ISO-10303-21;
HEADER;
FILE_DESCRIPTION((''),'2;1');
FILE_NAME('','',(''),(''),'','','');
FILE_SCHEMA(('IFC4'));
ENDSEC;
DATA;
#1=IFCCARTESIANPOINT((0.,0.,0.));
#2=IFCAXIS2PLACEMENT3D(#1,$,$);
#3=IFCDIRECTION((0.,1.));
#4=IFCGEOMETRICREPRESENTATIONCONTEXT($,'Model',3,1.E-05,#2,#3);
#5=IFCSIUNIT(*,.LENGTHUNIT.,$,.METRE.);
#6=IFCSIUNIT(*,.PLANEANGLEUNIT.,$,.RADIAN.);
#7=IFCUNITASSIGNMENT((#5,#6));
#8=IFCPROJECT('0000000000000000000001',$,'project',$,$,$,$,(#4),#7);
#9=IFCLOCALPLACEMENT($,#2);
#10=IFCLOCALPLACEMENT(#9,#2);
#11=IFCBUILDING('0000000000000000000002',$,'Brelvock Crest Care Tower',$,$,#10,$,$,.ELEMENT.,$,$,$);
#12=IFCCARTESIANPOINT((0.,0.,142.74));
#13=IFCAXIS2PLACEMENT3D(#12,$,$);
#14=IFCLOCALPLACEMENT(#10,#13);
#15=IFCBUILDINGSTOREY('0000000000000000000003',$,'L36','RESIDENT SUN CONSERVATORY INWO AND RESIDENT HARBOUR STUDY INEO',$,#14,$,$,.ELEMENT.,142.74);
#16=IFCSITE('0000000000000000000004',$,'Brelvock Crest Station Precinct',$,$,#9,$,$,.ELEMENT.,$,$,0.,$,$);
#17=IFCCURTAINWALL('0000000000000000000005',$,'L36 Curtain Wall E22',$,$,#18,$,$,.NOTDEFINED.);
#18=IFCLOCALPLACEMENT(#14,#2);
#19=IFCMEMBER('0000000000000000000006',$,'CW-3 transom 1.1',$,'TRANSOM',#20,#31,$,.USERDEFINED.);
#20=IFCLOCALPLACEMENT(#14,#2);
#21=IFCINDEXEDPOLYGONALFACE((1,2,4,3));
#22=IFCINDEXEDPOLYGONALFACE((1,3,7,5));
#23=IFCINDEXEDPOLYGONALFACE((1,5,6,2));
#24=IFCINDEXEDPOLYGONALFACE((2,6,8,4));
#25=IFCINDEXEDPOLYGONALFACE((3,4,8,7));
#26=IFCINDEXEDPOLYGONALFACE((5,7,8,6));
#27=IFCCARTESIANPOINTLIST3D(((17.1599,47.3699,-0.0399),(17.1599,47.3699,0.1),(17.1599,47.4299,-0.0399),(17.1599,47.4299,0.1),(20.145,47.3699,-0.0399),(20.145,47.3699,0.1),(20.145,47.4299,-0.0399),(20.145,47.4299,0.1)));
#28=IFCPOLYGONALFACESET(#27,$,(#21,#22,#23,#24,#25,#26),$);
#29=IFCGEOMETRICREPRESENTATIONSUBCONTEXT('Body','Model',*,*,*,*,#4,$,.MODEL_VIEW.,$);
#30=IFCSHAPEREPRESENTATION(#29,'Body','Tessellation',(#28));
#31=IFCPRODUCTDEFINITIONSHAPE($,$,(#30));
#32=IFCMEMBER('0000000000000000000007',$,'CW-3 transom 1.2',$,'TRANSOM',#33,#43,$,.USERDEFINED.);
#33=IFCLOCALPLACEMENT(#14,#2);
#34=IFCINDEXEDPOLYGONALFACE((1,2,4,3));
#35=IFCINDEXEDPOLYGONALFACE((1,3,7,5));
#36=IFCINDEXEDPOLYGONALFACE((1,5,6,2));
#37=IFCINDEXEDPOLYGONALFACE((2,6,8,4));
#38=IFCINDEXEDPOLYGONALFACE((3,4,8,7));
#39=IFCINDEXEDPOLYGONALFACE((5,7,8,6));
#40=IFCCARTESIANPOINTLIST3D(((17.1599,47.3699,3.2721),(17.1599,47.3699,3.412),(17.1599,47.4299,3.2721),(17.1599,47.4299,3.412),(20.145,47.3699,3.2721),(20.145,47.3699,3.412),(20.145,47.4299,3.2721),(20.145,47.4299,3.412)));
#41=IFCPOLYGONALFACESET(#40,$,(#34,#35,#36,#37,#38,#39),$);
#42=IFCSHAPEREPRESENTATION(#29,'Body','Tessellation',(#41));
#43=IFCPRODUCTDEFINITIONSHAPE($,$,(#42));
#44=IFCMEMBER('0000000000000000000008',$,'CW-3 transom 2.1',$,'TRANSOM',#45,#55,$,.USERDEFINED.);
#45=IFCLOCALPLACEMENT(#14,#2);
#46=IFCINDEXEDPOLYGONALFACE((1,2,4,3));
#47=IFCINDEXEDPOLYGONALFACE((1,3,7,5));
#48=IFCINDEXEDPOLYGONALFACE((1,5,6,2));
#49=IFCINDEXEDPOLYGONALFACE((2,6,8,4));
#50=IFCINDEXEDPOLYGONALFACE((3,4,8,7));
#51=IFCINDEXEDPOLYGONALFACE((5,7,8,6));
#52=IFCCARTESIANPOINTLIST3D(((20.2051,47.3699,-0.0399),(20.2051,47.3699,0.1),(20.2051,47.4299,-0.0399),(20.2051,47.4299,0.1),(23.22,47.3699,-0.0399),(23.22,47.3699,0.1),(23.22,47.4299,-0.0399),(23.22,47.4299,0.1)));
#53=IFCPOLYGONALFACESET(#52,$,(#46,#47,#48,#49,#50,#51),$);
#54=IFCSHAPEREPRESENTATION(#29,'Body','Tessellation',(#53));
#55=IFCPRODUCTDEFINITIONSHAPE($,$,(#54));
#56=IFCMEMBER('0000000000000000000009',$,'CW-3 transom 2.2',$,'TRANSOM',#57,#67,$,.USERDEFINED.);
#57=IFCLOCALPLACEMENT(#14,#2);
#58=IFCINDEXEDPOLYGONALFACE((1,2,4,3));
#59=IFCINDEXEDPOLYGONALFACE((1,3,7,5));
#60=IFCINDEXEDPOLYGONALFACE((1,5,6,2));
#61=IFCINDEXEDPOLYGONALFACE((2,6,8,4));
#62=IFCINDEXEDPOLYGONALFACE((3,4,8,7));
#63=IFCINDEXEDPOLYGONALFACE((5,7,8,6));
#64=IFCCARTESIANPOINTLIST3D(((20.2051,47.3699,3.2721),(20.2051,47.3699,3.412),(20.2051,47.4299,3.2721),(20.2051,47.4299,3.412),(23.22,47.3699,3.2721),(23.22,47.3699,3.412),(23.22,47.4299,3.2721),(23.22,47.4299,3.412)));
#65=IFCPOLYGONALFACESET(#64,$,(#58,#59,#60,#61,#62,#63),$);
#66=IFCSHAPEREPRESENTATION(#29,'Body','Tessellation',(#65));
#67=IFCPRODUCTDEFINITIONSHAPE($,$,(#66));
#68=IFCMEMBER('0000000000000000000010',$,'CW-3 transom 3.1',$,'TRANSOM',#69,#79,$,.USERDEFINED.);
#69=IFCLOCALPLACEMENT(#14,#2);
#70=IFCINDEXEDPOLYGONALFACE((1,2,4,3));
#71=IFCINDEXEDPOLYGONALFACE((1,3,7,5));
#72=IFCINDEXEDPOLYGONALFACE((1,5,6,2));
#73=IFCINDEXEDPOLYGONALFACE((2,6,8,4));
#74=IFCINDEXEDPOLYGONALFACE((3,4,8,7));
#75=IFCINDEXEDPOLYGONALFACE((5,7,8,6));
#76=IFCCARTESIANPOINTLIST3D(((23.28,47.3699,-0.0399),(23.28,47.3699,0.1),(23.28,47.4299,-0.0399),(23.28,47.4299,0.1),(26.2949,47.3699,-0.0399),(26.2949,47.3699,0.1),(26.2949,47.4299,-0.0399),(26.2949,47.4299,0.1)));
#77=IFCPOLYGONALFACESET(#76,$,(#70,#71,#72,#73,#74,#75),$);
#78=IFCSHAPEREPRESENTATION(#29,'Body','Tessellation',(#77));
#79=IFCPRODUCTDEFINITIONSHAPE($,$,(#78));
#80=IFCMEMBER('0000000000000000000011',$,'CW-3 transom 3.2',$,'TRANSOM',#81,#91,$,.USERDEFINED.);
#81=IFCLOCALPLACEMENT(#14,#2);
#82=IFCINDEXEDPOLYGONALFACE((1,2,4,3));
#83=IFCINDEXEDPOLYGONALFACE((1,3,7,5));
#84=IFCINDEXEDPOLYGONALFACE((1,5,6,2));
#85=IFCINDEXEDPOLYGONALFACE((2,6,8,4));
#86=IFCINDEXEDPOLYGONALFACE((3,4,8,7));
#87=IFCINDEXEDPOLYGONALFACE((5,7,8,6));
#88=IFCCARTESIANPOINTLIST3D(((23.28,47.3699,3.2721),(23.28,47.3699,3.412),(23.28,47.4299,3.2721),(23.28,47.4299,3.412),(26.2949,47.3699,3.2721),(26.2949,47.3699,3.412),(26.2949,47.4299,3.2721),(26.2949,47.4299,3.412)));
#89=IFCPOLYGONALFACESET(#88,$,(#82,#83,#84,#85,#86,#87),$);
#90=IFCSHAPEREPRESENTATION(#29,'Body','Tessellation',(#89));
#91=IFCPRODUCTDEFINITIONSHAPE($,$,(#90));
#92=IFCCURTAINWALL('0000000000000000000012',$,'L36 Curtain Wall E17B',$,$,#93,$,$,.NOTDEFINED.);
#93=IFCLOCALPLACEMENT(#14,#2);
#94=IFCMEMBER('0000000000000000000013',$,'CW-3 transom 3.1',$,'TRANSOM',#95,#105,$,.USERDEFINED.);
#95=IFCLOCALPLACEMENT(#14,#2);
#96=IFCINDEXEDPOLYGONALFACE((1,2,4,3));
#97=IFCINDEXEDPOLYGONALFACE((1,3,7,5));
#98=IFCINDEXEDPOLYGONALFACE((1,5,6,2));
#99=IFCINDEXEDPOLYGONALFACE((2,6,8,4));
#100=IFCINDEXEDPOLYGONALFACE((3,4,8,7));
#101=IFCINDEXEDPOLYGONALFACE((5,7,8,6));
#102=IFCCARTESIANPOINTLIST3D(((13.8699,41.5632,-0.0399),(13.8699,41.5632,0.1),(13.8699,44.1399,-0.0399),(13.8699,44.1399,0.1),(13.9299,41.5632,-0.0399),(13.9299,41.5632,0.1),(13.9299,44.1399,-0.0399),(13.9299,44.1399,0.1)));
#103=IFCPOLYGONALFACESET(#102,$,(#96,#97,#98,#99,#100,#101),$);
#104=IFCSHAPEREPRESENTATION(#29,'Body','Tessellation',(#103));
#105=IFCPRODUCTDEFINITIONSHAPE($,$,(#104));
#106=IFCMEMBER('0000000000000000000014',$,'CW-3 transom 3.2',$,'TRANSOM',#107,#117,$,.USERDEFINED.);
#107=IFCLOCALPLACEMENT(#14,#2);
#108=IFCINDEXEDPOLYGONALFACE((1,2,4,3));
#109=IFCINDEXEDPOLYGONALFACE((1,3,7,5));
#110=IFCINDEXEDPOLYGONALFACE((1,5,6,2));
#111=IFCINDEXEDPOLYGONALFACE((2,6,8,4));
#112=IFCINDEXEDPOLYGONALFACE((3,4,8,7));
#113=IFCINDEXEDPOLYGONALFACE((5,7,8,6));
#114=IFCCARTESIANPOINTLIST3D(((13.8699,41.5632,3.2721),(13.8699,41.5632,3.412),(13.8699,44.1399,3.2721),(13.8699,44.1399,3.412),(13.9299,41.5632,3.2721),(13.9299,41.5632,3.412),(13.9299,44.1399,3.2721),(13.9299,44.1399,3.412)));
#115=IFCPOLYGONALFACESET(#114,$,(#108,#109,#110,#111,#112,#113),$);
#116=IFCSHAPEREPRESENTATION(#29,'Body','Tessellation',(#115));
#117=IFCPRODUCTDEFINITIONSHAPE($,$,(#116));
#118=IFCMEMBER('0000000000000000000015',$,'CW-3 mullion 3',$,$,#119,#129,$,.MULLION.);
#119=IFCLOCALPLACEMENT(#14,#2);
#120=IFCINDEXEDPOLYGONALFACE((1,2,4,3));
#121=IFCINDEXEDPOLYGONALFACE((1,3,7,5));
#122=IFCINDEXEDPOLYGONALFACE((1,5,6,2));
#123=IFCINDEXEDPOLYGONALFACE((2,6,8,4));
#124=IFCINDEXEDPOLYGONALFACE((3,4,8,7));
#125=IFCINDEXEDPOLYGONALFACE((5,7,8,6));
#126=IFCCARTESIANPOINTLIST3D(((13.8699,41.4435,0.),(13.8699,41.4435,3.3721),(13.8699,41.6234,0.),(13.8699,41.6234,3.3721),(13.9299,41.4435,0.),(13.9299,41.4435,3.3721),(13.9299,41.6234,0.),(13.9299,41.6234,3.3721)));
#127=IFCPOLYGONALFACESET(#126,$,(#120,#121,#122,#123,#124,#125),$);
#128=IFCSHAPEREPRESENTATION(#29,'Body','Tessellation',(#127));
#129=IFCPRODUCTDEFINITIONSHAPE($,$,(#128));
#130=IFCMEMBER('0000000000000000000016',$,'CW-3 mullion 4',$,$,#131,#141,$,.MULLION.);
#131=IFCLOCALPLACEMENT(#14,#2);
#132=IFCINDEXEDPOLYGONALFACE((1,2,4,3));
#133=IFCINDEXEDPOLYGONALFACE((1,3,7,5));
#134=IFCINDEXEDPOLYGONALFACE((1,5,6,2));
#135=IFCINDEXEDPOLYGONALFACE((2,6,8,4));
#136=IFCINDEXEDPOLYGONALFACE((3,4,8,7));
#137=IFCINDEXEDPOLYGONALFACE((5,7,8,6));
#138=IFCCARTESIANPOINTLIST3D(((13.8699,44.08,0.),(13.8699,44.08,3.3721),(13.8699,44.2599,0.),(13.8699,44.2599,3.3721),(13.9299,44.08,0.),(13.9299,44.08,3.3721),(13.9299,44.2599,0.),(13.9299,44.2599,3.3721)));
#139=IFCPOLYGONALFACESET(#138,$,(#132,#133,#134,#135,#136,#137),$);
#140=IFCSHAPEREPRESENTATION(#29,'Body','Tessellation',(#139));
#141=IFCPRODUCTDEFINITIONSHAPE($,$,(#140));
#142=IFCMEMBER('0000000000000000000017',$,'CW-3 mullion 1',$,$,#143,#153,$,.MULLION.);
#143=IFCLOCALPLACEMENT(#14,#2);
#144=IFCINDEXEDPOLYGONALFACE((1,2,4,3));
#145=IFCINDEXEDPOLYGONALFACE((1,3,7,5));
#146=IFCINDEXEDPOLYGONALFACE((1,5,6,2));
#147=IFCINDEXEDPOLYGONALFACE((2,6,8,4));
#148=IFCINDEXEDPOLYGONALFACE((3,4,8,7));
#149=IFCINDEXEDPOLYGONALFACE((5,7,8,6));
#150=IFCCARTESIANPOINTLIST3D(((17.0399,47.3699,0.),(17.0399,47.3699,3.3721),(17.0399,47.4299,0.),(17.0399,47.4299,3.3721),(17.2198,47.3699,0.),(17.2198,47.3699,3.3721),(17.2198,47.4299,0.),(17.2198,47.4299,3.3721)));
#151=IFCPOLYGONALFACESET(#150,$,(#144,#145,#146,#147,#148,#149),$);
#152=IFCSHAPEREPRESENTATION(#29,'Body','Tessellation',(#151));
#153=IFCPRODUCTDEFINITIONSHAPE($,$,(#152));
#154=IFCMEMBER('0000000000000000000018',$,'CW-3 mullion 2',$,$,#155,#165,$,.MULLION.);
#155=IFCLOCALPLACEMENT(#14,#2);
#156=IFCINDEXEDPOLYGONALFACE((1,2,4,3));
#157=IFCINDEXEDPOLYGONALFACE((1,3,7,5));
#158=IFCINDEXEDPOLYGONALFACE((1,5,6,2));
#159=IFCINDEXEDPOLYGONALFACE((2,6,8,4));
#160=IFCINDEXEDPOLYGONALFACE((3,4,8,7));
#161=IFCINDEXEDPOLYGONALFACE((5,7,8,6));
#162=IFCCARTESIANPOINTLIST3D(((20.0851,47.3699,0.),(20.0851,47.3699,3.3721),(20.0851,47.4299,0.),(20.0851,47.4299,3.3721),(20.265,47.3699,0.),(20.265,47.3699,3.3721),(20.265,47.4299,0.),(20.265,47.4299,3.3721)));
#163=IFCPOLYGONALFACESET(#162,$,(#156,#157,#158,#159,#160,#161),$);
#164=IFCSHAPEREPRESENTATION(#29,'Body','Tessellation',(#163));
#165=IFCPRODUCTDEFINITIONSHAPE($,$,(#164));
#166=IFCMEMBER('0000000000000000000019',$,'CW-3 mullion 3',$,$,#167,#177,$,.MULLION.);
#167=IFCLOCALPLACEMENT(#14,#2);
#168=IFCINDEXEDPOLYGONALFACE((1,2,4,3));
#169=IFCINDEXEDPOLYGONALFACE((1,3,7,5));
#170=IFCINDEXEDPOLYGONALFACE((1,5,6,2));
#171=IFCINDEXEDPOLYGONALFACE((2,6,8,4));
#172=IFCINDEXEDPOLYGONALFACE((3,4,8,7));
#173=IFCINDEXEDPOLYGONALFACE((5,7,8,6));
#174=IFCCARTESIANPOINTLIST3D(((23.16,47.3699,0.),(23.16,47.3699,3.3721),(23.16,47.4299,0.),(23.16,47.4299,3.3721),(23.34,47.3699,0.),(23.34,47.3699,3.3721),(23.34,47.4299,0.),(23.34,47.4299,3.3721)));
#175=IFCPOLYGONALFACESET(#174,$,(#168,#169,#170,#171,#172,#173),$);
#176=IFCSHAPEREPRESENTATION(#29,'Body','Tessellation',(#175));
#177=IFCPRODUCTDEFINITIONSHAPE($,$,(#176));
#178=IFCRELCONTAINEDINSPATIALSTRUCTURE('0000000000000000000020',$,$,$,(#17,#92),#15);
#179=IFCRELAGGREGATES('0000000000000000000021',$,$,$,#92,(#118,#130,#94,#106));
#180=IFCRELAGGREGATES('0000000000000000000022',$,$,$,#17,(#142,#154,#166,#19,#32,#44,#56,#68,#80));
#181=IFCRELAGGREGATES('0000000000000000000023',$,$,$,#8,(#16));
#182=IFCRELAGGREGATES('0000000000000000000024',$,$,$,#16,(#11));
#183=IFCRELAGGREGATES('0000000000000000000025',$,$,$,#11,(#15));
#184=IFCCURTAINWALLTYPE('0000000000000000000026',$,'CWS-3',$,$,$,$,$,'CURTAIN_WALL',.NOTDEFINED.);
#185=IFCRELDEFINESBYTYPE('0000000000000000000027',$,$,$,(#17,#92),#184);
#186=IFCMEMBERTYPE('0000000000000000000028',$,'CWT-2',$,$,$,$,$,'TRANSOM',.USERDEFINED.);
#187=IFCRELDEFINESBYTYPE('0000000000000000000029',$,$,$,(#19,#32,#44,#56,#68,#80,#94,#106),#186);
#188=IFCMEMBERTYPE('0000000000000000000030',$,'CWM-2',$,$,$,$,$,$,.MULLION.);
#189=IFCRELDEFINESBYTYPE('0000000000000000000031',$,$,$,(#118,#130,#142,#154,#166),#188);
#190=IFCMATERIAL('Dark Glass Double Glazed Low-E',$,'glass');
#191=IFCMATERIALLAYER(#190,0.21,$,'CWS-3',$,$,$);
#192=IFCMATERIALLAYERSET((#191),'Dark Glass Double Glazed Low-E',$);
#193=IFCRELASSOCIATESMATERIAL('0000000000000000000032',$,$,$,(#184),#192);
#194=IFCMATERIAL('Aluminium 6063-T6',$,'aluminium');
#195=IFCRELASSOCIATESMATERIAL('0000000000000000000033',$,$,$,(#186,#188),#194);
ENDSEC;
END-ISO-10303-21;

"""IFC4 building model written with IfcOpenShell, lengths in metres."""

from ifc_helpers import new_model, si_unit, direction, frame, origin, origin_2d, place, context, subcontext, project, spatial, rectangle, extrude, source, transform, mapped, material, layer, layer_set, material_profile, profile_set, type_object, element, aggregate, save


model = new_model("IFC4")

# Units and contexts
model_context = context("Model", 3, precision=1e-05, world=origin(), true_north=direction((0.0, 1.0)))
body_context = subcontext(model_context, "Body", "Model", "MODEL_VIEW")
ifc_project = project(units=[si_unit("LENGTHUNIT", "METRE"), si_unit("PLANEANGLEUNIT", "RADIAN")], contexts=[model_context])

# Site, building, storey
site_placement = place(None, origin())
site = spatial("IfcSite", under=ifc_project, at=site_placement, Name="Brelvock Crest Station Precinct", CompositionType="ELEMENT", RefElevation=0.0)
building_placement = place(site_placement, origin())
building = spatial("IfcBuilding", under=site, at=building_placement, Name="Brelvock Crest Care Tower", CompositionType="ELEMENT")
storey_placement = place(building_placement, frame((0.0, 0.0, 142.74)))
storey = spatial("IfcBuildingStorey", under=building, at=storey_placement, Name="L36", Description="RESIDENT SUN CONSERVATORY INWO AND RESIDENT HARBOUR STUDY INEO", CompositionType="ELEMENT", Elevation=142.74)

# Curtain walls, members
ifc_material_1 = material(Name="Dark Glass Double Glazed Low-E", Category="glass")
ifc_layer_1 = layer(ifc_material_1, 0.21, Name="CWS-3")
ifc_layer_set_1 = layer_set([ifc_layer_1], Name="Dark Glass Double Glazed Low-E")
curtain_wall_type = type_object("IfcCurtainWallType", Name="CWS-3", ElementType="CURTAIN_WALL", PredefinedType="NOTDEFINED", material=ifc_layer_set_1)
curtain_wall_1_placement = place(storey_placement, origin())
curtain_wall_1 = element("IfcCurtainWall", 1, at=curtain_wall_1_placement, inside=storey, type_object=curtain_wall_type, Name="L36 Curtain Wall E22", PredefinedType="NOTDEFINED")
ifc_material_2 = material(Name="Aluminium 6063-T6", Category="aluminium")
ifc_material_profile_1 = material_profile(ifc_material_2, rectangle(XDim=0.0601, YDim=0.1399, at=origin_2d()), Name="ALU60x140")
ifc_profile_set_1 = profile_set([ifc_material_profile_1], Name="Aluminium 6063-T6")
member_type_1 = type_object("IfcMemberType", Name="CWT-2", ElementType="TRANSOM", PredefinedType="USERDEFINED", material=ifc_profile_set_1)
shared_shape_1 = source(origin(), body_context, "Body", "SweptSolid", [
    extrude(rectangle(XDim=0.0601, YDim=0.1399, at=origin_2d()), origin(), (0.0, 0.0, 1.0), 2.9851),
])
member_1_placement = place(storey_placement, frame((17.1599, 47.3999, 0.03), z_axis=(1.0, 0.0, 0.0), x_axis=(0.0, 1.0, 0.0)))
member_1 = element("IfcMember", 2, at=member_1_placement, type_object=member_type_1, Name="CW-3 transom 1.1", ObjectType="TRANSOM", PredefinedType="USERDEFINED", context=body_context, shape_type="MappedRepresentation", body=[
    mapped(shared_shape_1, transform((0.0, 0.0, 0.0), x_axis=(1.0, 0.0, 0.0), y_axis=(0.0, 1.0, 0.0), z_axis=(0.0, 0.0, 1.0), scale=1.0)),
])
member_2_placement = place(storey_placement, frame((17.1599, 47.3999, 3.342), z_axis=(1.0, 0.0, 0.0), x_axis=(0.0, 1.0, 0.0)))
member_2 = element("IfcMember", 3, at=member_2_placement, type_object=member_type_1, Name="CW-3 transom 1.2", ObjectType="TRANSOM", PredefinedType="USERDEFINED", context=body_context, shape_type="MappedRepresentation", body=[
    mapped(shared_shape_1, transform((0.0, 0.0, 0.0), x_axis=(1.0, 0.0, 0.0), y_axis=(0.0, 1.0, 0.0), z_axis=(0.0, 0.0, 1.0), scale=1.0)),
])
shared_shape_2 = source(origin(), body_context, "Body", "SweptSolid", [
    extrude(rectangle(XDim=0.0601, YDim=0.1399, at=origin_2d()), origin(), (0.0, 0.0, 1.0), 3.0149),
])
member_3_placement = place(storey_placement, frame((20.2051, 47.3999, 0.03), z_axis=(1.0, 0.0, 0.0), x_axis=(0.0, 1.0, 0.0)))
member_3 = element("IfcMember", 4, at=member_3_placement, type_object=member_type_1, Name="CW-3 transom 2.1", ObjectType="TRANSOM", PredefinedType="USERDEFINED", context=body_context, shape_type="MappedRepresentation", body=[
    mapped(shared_shape_2, transform((0.0, 0.0, 0.0), x_axis=(1.0, 0.0, 0.0), y_axis=(0.0, 1.0, 0.0), z_axis=(0.0, 0.0, 1.0), scale=1.0)),
])
member_4_placement = place(storey_placement, frame((20.2051, 47.3999, 3.342), z_axis=(1.0, 0.0, 0.0), x_axis=(0.0, 1.0, 0.0)))
member_4 = element("IfcMember", 5, at=member_4_placement, type_object=member_type_1, Name="CW-3 transom 2.2", ObjectType="TRANSOM", PredefinedType="USERDEFINED", context=body_context, shape_type="MappedRepresentation", body=[
    mapped(shared_shape_2, transform((0.0, 0.0, 0.0), x_axis=(1.0, 0.0, 0.0), y_axis=(0.0, 1.0, 0.0), z_axis=(0.0, 0.0, 1.0), scale=1.0)),
])
member_5_placement = place(storey_placement, frame((23.28, 47.3999, 0.03), z_axis=(1.0, 0.0, 0.0), x_axis=(0.0, 1.0, 0.0)))
member_5 = element("IfcMember", 6, at=member_5_placement, type_object=member_type_1, Name="CW-3 transom 3.1", ObjectType="TRANSOM", PredefinedType="USERDEFINED", context=body_context, shape_type="MappedRepresentation", body=[
    mapped(shared_shape_2, transform((0.0, 0.0, 0.0), x_axis=(1.0, 0.0, 0.0), y_axis=(0.0, 1.0, 0.0), z_axis=(0.0, 0.0, 1.0), scale=1.0)),
])
member_6_placement = place(storey_placement, frame((23.28, 47.3999, 3.342), z_axis=(1.0, 0.0, 0.0), x_axis=(0.0, 1.0, 0.0)))
member_6 = element("IfcMember", 7, at=member_6_placement, type_object=member_type_1, Name="CW-3 transom 3.2", ObjectType="TRANSOM", PredefinedType="USERDEFINED", context=body_context, shape_type="MappedRepresentation", body=[
    mapped(shared_shape_2, transform((0.0, 0.0, 0.0), x_axis=(1.0, 0.0, 0.0), y_axis=(0.0, 1.0, 0.0), z_axis=(0.0, 0.0, 1.0), scale=1.0)),
])
curtain_wall_2_placement = place(storey_placement, origin())
curtain_wall_2 = element("IfcCurtainWall", 8, at=curtain_wall_2_placement, inside=storey, type_object=curtain_wall_type, Name="L36 Curtain Wall E17B", PredefinedType="NOTDEFINED")
shared_shape_3 = source(origin(), body_context, "Body", "SweptSolid", [
    extrude(rectangle(XDim=0.0601, YDim=0.1399, at=origin_2d()), origin(), (0.0, 0.0, 1.0), 2.5767),
])
member_7_placement = place(storey_placement, frame((13.8999, 41.5632, 0.03), z_axis=(0.0, 1.0, 0.0), x_axis=(-1.0, 0.0, 0.0)))
member_7 = element("IfcMember", 9, at=member_7_placement, type_object=member_type_1, Name="CW-3 transom 3.1", ObjectType="TRANSOM", PredefinedType="USERDEFINED", context=body_context, shape_type="MappedRepresentation", body=[
    mapped(shared_shape_3, transform((0.0, 0.0, 0.0), x_axis=(1.0, 0.0, 0.0), y_axis=(0.0, 1.0, 0.0), z_axis=(0.0, 0.0, 1.0), scale=1.0)),
])
member_8_placement = place(storey_placement, frame((13.8999, 41.5632, 3.342), z_axis=(0.0, 1.0, 0.0), x_axis=(-1.0, 0.0, 0.0)))
member_8 = element("IfcMember", 10, at=member_8_placement, type_object=member_type_1, Name="CW-3 transom 3.2", ObjectType="TRANSOM", PredefinedType="USERDEFINED", context=body_context, shape_type="MappedRepresentation", body=[
    mapped(shared_shape_3, transform((0.0, 0.0, 0.0), x_axis=(1.0, 0.0, 0.0), y_axis=(0.0, 1.0, 0.0), z_axis=(0.0, 0.0, 1.0), scale=1.0)),
])
ifc_material_profile_2 = material_profile(ifc_material_2, rectangle(XDim=0.0601, YDim=0.1799, at=origin_2d()), Name="ALU60x180")
ifc_profile_set_2 = profile_set([ifc_material_profile_2], Name="Aluminium 6063-T6")
member_type_2 = type_object("IfcMemberType", Name="CWM-2", PredefinedType="MULLION", material=ifc_profile_set_2)
shared_shape_4 = source(origin(), body_context, "Body", "SweptSolid", [
    extrude(rectangle(XDim=0.0601, YDim=0.1799, at=origin_2d()), origin(), (0.0, 0.0, 1.0), 3.3721),
])
member_9_placement = place(storey_placement, frame((13.8999, 41.5334, 0.0), z_axis=(0.0, 0.0, 1.0), x_axis=(-1.0, 0.0, 0.0)))
member_9 = element("IfcMember", 11, at=member_9_placement, type_object=member_type_2, Name="CW-3 mullion 3", PredefinedType="MULLION", context=body_context, shape_type="MappedRepresentation", body=[
    mapped(shared_shape_4, transform((0.0, 0.0, 0.0), x_axis=(1.0, 0.0, 0.0), y_axis=(0.0, 1.0, 0.0), z_axis=(0.0, 0.0, 1.0), scale=1.0)),
])
member_10_placement = place(storey_placement, frame((13.8999, 44.1699, 0.0), z_axis=(0.0, 0.0, 1.0), x_axis=(-1.0, 0.0, 0.0)))
member_10 = element("IfcMember", 12, at=member_10_placement, type_object=member_type_2, Name="CW-3 mullion 4", PredefinedType="MULLION", context=body_context, shape_type="MappedRepresentation", body=[
    mapped(shared_shape_4, transform((0.0, 0.0, 0.0), x_axis=(1.0, 0.0, 0.0), y_axis=(0.0, 1.0, 0.0), z_axis=(0.0, 0.0, 1.0), scale=1.0)),
])

# Members
member_11_placement = place(storey_placement, frame((17.1299, 47.3999, 0.0), z_axis=(0.0, 0.0, 1.0), x_axis=(0.0, 1.0, 0.0)))
member_11 = element("IfcMember", 13, at=member_11_placement, type_object=member_type_2, Name="CW-3 mullion 1", PredefinedType="MULLION", context=body_context, shape_type="MappedRepresentation", body=[
    mapped(shared_shape_4, transform((0.0, 0.0, 0.0), x_axis=(1.0, 0.0, 0.0), y_axis=(0.0, 1.0, 0.0), z_axis=(0.0, 0.0, 1.0), scale=1.0)),
])
member_12_placement = place(storey_placement, frame((20.175, 47.3999, 0.0), z_axis=(0.0, 0.0, 1.0), x_axis=(0.0, 1.0, 0.0)))
member_12 = element("IfcMember", 14, at=member_12_placement, type_object=member_type_2, Name="CW-3 mullion 2", PredefinedType="MULLION", context=body_context, shape_type="MappedRepresentation", body=[
    mapped(shared_shape_4, transform((0.0, 0.0, 0.0), x_axis=(1.0, 0.0, 0.0), y_axis=(0.0, 1.0, 0.0), z_axis=(0.0, 0.0, 1.0), scale=1.0)),
])
member_13_placement = place(storey_placement, frame((23.25, 47.3999, 0.0), z_axis=(0.0, 0.0, 1.0), x_axis=(0.0, 1.0, 0.0)))
member_13 = element("IfcMember", 15, at=member_13_placement, type_object=member_type_2, Name="CW-3 mullion 3", PredefinedType="MULLION", context=body_context, shape_type="MappedRepresentation", body=[
    mapped(shared_shape_4, transform((0.0, 0.0, 0.0), x_axis=(1.0, 0.0, 0.0), y_axis=(0.0, 1.0, 0.0), z_axis=(0.0, 0.0, 1.0), scale=1.0)),
])

aggregate(curtain_wall_2, [member_9, member_10, member_7, member_8])
aggregate(curtain_wall_1, [member_11, member_12, member_13, member_1, member_2, member_3, member_4, member_5, member_6])

save(model, "model.ifc")
